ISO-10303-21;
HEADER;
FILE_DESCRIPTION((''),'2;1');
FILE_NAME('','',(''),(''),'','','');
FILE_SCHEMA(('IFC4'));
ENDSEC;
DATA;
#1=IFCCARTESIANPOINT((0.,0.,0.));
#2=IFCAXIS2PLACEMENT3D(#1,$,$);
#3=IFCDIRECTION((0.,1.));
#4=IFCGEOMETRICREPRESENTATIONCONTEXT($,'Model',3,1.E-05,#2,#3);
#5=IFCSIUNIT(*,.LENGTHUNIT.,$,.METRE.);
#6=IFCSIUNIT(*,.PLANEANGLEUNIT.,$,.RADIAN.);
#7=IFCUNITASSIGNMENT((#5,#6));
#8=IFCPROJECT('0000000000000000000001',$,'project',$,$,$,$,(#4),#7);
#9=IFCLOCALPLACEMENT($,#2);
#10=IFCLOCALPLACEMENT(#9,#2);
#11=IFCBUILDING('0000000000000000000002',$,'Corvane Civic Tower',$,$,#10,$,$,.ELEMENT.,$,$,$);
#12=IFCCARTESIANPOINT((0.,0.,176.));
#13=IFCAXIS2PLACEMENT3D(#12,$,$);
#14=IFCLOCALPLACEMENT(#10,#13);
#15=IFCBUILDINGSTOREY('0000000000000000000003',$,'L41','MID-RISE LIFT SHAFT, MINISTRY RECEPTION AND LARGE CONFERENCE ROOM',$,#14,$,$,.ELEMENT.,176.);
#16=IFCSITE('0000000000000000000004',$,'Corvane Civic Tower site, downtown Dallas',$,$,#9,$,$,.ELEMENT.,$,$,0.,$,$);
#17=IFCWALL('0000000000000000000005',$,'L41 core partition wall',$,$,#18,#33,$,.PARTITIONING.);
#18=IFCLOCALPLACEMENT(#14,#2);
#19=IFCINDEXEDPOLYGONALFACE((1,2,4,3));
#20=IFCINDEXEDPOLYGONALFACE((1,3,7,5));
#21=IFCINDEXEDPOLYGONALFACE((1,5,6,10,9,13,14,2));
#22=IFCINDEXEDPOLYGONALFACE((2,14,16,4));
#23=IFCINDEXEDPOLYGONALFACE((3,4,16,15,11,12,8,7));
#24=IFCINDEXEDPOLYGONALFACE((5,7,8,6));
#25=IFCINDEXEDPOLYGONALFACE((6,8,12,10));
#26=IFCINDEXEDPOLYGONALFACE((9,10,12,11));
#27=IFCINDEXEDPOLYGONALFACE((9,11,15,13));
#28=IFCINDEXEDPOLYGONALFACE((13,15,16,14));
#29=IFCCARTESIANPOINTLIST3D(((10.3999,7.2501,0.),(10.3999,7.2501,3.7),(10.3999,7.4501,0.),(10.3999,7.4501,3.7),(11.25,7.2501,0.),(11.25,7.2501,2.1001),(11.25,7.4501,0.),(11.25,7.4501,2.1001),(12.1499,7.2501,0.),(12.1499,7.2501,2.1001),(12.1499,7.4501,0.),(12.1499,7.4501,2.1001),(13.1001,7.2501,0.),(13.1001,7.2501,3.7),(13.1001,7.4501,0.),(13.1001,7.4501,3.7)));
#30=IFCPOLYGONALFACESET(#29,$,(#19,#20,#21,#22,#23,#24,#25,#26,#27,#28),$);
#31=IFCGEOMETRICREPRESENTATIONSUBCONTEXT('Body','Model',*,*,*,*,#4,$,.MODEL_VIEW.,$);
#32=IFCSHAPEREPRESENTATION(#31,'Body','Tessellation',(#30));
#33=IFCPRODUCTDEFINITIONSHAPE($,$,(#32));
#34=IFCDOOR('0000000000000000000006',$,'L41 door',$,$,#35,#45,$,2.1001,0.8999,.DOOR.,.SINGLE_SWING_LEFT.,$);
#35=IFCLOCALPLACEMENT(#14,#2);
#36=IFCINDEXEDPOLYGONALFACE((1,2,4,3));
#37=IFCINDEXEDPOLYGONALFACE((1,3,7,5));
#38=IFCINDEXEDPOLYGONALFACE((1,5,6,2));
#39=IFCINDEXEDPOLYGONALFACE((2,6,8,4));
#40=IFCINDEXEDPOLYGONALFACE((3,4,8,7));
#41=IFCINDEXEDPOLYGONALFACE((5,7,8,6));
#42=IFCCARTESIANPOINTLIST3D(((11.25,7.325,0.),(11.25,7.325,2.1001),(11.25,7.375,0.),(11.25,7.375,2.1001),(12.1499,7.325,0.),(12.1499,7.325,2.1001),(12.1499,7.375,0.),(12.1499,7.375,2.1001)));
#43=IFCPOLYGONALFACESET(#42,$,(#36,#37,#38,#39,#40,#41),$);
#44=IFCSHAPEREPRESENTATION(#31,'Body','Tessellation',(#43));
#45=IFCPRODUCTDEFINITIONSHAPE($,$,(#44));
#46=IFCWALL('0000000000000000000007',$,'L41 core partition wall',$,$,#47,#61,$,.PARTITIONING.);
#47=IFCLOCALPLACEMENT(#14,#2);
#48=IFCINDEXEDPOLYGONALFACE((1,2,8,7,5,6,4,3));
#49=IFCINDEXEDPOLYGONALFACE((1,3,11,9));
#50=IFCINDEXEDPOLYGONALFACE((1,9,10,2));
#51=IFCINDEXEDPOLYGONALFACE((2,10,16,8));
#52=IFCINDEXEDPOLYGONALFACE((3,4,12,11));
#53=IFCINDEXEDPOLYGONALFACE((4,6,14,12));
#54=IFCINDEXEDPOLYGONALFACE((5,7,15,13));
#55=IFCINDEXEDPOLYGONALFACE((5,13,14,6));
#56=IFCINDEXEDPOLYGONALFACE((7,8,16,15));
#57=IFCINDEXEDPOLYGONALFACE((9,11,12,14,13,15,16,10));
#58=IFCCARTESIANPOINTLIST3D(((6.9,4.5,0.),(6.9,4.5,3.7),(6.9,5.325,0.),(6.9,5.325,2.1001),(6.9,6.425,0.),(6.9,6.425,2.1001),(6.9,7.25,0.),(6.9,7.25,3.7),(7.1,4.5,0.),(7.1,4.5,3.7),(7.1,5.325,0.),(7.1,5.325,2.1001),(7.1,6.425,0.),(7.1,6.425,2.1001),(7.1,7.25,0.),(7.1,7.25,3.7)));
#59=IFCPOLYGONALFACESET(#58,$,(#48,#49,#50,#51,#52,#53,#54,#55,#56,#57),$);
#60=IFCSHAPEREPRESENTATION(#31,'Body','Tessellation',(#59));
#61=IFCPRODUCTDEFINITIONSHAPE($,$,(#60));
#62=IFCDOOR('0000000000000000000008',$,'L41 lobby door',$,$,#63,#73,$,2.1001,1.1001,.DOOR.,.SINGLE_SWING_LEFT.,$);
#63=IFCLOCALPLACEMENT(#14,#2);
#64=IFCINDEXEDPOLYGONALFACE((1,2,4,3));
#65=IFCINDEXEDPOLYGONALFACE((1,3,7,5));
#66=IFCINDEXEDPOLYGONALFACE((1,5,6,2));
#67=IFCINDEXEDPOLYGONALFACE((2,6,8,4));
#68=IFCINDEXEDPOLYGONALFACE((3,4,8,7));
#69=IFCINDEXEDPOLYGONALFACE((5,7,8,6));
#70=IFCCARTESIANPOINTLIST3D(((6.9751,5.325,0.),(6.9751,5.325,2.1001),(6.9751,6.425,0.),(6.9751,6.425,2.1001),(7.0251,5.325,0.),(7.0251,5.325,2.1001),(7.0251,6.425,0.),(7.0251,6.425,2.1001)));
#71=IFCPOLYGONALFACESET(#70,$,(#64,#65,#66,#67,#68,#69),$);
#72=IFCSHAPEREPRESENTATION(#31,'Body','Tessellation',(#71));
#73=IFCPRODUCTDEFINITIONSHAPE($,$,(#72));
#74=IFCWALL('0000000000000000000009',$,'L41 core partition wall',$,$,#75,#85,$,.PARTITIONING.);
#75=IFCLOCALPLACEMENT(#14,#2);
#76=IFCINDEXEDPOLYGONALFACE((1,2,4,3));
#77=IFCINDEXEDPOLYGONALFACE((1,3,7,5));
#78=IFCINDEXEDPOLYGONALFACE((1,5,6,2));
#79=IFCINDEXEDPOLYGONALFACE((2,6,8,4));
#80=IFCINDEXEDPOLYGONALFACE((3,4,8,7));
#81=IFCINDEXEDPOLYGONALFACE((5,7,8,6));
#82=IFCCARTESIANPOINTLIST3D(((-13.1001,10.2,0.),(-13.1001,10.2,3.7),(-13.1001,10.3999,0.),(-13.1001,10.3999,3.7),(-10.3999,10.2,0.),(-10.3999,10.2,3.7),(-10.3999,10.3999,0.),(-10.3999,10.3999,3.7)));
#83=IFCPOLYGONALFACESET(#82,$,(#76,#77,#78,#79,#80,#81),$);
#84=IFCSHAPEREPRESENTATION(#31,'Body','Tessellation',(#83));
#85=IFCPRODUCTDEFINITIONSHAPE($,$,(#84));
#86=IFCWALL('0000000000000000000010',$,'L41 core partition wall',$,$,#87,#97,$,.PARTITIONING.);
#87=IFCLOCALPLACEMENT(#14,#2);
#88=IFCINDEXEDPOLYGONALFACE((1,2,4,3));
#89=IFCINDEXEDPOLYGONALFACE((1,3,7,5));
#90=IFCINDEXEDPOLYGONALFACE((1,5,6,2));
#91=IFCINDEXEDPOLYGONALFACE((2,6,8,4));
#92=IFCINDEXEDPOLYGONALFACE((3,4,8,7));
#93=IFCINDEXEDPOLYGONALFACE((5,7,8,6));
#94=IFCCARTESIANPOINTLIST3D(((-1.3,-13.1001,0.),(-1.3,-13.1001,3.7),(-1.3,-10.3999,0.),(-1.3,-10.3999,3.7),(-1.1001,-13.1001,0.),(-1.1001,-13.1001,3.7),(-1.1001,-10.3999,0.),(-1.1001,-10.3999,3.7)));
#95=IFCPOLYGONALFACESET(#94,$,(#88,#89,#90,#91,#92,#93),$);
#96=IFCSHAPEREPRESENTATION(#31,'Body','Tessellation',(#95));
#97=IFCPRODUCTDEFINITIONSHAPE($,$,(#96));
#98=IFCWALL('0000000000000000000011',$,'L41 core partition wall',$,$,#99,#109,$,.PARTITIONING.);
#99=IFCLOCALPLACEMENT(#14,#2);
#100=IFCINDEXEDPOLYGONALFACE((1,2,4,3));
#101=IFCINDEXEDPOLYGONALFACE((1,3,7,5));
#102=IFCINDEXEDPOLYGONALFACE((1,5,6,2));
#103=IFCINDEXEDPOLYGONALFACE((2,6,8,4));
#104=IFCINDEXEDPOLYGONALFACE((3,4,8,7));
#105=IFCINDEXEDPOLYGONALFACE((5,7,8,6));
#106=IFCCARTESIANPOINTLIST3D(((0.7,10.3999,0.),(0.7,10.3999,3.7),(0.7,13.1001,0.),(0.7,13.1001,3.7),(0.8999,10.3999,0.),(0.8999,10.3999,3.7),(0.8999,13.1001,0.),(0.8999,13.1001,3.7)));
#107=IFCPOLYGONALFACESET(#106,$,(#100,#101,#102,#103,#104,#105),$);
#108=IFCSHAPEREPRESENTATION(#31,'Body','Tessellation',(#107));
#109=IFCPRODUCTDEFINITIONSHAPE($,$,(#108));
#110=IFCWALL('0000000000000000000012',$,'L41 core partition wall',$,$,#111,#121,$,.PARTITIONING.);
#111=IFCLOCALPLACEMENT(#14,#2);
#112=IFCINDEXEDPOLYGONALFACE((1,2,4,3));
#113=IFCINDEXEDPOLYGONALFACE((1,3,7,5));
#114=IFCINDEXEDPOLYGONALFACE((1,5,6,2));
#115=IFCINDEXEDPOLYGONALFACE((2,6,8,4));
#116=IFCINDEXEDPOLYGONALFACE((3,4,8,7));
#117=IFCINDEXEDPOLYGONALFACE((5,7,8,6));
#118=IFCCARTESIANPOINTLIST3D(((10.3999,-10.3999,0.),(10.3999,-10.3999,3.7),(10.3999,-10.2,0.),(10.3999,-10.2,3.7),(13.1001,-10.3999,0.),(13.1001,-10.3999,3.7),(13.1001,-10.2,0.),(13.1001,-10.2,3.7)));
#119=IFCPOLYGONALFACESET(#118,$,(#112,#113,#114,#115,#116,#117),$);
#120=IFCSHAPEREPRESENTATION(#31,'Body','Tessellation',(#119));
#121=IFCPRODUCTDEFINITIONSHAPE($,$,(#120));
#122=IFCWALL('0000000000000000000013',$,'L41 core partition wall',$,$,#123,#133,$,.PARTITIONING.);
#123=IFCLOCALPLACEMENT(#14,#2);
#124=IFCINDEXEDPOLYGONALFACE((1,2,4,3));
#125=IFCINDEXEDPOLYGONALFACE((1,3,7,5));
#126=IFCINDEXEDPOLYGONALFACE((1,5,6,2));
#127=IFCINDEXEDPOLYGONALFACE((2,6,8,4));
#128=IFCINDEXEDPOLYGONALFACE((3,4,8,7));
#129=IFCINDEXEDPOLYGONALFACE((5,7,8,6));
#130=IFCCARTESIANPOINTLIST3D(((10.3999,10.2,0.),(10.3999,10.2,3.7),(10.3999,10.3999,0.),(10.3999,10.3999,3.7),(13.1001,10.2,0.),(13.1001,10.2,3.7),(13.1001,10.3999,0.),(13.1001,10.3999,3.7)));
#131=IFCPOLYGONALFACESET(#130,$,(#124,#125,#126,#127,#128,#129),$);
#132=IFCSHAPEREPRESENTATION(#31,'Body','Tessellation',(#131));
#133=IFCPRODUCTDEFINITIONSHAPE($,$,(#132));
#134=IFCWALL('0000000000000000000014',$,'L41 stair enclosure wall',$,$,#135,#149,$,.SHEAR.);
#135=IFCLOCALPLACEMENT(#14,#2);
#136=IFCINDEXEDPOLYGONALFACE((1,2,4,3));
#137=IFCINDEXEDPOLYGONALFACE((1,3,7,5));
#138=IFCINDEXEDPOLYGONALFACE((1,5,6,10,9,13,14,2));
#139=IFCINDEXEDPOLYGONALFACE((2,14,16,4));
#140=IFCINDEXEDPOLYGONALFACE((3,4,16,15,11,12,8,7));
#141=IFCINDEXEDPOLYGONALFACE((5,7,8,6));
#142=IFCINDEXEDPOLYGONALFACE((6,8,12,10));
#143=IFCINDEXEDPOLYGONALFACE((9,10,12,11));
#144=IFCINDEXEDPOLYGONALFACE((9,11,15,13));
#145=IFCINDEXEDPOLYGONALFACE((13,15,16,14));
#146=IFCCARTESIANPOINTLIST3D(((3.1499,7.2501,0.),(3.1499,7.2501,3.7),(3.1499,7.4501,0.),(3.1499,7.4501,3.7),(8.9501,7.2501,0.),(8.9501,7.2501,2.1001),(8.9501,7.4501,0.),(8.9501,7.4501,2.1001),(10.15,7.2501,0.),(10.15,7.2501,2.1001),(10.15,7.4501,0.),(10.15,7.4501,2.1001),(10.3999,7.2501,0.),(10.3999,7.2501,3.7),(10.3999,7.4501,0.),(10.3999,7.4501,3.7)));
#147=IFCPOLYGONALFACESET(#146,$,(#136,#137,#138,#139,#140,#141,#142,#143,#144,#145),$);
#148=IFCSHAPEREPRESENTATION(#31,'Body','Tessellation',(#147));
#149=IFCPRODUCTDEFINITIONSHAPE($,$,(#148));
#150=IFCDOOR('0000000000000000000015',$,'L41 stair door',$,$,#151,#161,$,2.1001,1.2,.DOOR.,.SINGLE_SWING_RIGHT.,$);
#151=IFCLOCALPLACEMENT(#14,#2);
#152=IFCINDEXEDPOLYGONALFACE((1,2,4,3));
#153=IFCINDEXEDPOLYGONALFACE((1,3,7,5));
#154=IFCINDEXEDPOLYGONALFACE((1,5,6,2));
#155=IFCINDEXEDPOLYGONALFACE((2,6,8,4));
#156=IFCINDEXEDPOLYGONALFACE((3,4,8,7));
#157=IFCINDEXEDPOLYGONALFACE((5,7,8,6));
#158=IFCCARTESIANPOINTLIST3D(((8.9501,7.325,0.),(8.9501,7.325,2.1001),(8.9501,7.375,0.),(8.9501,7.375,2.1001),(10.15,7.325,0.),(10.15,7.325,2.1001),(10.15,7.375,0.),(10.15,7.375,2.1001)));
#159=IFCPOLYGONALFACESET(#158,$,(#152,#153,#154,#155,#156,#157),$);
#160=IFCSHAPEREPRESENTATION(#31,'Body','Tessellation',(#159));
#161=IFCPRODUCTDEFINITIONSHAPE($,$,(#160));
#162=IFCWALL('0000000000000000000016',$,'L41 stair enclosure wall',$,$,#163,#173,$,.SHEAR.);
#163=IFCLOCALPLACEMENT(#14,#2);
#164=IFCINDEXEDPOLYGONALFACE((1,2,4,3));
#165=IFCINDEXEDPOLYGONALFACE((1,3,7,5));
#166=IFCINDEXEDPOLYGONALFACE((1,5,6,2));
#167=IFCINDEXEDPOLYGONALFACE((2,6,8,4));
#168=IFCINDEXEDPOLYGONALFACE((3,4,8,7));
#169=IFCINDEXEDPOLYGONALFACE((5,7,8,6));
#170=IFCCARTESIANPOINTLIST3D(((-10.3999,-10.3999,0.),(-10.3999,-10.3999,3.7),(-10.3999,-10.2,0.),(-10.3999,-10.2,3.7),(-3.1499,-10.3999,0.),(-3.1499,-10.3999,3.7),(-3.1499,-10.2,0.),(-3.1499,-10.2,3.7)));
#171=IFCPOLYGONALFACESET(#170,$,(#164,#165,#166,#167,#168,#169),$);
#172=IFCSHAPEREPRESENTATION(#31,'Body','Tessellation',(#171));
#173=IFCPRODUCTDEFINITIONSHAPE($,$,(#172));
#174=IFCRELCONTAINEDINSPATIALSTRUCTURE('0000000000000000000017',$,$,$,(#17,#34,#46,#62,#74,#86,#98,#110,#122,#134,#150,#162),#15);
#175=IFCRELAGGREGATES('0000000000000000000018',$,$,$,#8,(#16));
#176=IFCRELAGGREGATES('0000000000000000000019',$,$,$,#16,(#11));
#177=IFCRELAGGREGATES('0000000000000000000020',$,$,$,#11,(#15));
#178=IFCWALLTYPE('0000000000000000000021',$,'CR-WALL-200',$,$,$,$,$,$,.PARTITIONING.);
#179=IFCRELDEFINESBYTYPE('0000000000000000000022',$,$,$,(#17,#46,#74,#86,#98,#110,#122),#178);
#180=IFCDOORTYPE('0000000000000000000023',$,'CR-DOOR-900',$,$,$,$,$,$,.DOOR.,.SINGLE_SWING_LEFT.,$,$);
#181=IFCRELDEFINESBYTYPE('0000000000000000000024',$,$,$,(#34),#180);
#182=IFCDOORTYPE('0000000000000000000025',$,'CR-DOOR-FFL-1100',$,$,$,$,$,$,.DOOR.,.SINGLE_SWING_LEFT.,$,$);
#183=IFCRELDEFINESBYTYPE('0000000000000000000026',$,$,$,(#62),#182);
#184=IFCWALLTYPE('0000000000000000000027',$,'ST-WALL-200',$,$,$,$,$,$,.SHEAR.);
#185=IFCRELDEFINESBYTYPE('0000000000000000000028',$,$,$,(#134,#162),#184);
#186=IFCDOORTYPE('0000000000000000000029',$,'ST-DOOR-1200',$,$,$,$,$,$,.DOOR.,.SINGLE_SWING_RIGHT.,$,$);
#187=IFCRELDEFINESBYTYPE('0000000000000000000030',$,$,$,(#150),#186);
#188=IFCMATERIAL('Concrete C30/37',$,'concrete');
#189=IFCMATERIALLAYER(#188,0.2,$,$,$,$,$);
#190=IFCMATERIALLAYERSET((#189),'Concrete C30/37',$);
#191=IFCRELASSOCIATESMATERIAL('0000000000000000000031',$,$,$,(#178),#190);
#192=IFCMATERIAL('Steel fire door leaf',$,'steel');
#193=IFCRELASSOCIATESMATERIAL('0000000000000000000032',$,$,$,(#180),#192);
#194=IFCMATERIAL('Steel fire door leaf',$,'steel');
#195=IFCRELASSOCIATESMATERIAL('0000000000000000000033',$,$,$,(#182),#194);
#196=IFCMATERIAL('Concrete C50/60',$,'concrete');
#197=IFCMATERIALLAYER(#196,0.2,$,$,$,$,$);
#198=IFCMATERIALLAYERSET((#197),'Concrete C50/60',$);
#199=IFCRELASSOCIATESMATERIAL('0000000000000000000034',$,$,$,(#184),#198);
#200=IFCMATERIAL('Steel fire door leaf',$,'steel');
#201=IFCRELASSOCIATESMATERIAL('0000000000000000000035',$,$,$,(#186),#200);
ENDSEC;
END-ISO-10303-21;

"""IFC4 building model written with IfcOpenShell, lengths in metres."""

from ifc_helpers import new_model, si_unit, direction, frame, frame_2d, origin, place, context, subcontext, project, spatial, polyline, rectangle, outline, extrude, material, layer, layer_set, type_object, element, fill, save


model = new_model("IFC4")

# Units and contexts
model_context = context("Model", 3, precision=1e-05, world=origin(), true_north=direction((0.0, 1.0)))
body_context = subcontext(model_context, "Body", "Model", "MODEL_VIEW")
ifc_project = project(units=[si_unit("LENGTHUNIT", "METRE"), si_unit("PLANEANGLEUNIT", "RADIAN")], contexts=[model_context])

# Site, building, storey
site_placement = place(None, origin())
site = spatial("IfcSite", under=ifc_project, at=site_placement, Name="Corvane Civic Tower site, downtown Dallas", CompositionType="ELEMENT", RefElevation=0.0)
building_placement = place(site_placement, origin())
building = spatial("IfcBuilding", under=site, at=building_placement, Name="Corvane Civic Tower", CompositionType="ELEMENT")
storey_placement = place(building_placement, frame((0.0, 0.0, 176.0)))
storey = spatial("IfcBuildingStorey", under=building, at=storey_placement, Name="L41", Description="MID-RISE LIFT SHAFT, MINISTRY RECEPTION AND LARGE CONFERENCE ROOM", CompositionType="ELEMENT", Elevation=176.0)

# Walls, openings, doors
ifc_material_1 = material(Name="Concrete C30/37", Category="concrete")
ifc_layer_1 = layer(ifc_material_1, 0.2)
ifc_layer_set_1 = layer_set([ifc_layer_1], Name="Concrete C30/37")
wall_type_1 = type_object("IfcWallType", Name="CR-WALL-200", PredefinedType="PARTITIONING", material=ifc_layer_set_1)
wall_1_placement = place(storey_placement, frame((10.3999, 7.3501, 0.0), z_axis=(0.0, 0.0, 1.0), x_axis=(1.0, 0.0, 0.0)))
wall_1 = element("IfcWall", 1, at=wall_1_placement, inside=storey, type_object=wall_type_1, Name="L41 core partition wall", PredefinedType="PARTITIONING", context=body_context, shape_type="SweptSolid", body=[
    extrude(rectangle(XDim=2.7002, YDim=0.2, at=frame_2d((1.3501, 0.0))), origin(), (0.0, 0.0, 1.0), 3.7),
])
opening_1_placement = place(wall_1_placement, frame((0.8501, 0.0, 0.0)))
opening_1 = element("IfcOpeningElement", 2, at=opening_1_placement, cuts=wall_1, PredefinedType="OPENING", context=body_context, shape_type="SweptSolid", body=[
    extrude(rectangle(XDim=0.8999, YDim=2.1001, at=frame_2d((0.45, 1.05))), frame((0.0, 0.1099, 0.0), z_axis=(0.0, -1.0, 0.0), x_axis=(1.0, 0.0, 0.0)), (0.0, 0.0, 1.0), 0.22),
])
ifc_material_2 = material(Name="Steel fire door leaf", Category="steel")
door_type_1 = type_object("IfcDoorType", Name="CR-DOOR-900", OperationType="SINGLE_SWING_LEFT", PredefinedType="DOOR", material=ifc_material_2)
door_1_placement = place(opening_1_placement, origin())
door_1 = element("IfcDoor", 3, at=door_1_placement, inside=storey, type_object=door_type_1, Name="L41 door", OperationType="SINGLE_SWING_LEFT", OverallHeight=2.1001, OverallWidth=0.8999, PredefinedType="DOOR", context=body_context, shape_type="SweptSolid", body=[
    extrude(rectangle(XDim=0.8999, YDim=2.1001, at=frame_2d((0.45, 1.05))), frame((0.0, 0.0249, 0.0), z_axis=(0.0, -1.0, 0.0), x_axis=(1.0, 0.0, 0.0)), (0.0, 0.0, 1.0), 0.05),
])
fill(opening_1, door_1)
wall_2_placement = place(storey_placement, frame((7.0, 4.5, 0.0), z_axis=(0.0, 0.0, 1.0), x_axis=(0.0, 1.0, 0.0)))
wall_2 = element("IfcWall", 4, at=wall_2_placement, inside=storey, type_object=wall_type_1, Name="L41 core partition wall", PredefinedType="PARTITIONING", context=body_context, shape_type="SweptSolid", body=[
    extrude(rectangle(XDim=2.75, YDim=0.2, at=frame_2d((1.375, 0.0))), origin(), (0.0, 0.0, 1.0), 3.7),
])
opening_2_placement = place(wall_2_placement, frame((0.825, 0.0, 0.0)))
opening_2 = element("IfcOpeningElement", 5, at=opening_2_placement, cuts=wall_2, PredefinedType="OPENING", context=body_context, shape_type="SweptSolid", body=[
    extrude(rectangle(XDim=1.1001, YDim=2.1001, at=frame_2d((0.55, 1.05))), frame((0.0, 0.1099, 0.0), z_axis=(0.0, -1.0, 0.0), x_axis=(1.0, 0.0, 0.0)), (0.0, 0.0, 1.0), 0.22),
])
ifc_material_3 = material(Name="Steel fire door leaf", Category="steel")
door_type_2 = type_object("IfcDoorType", Name="CR-DOOR-FFL-1100", OperationType="SINGLE_SWING_LEFT", PredefinedType="DOOR", material=ifc_material_3)
door_2_placement = place(opening_2_placement, origin())
door_2 = element("IfcDoor", 6, at=door_2_placement, inside=storey, type_object=door_type_2, Name="L41 lobby door", OperationType="SINGLE_SWING_LEFT", OverallHeight=2.1001, OverallWidth=1.1001, PredefinedType="DOOR", context=body_context, shape_type="SweptSolid", body=[
    extrude(rectangle(XDim=1.1001, YDim=2.1001, at=frame_2d((0.55, 1.05))), frame((0.0, 0.0249, 0.0), z_axis=(0.0, -1.0, 0.0), x_axis=(1.0, 0.0, 0.0)), (0.0, 0.0, 1.0), 0.05),
])
fill(opening_2, door_2)

# Walls
wall_3_placement = place(storey_placement, origin())
element("IfcWall", 7, at=wall_3_placement, inside=storey, type_object=wall_type_1, Name="L41 core partition wall", PredefinedType="PARTITIONING", context=body_context, shape_type="SweptSolid", body=[
    extrude(outline(polyline([(-13.1001, 10.2), (-13.1001, 10.3999), (-10.3999, 10.3999), (-10.3999, 10.2), (-13.1001, 10.2)])), origin(), (0.0, 0.0, 1.0), 3.7),
])
wall_4_placement = place(storey_placement, origin())
element("IfcWall", 8, at=wall_4_placement, inside=storey, type_object=wall_type_1, Name="L41 core partition wall", PredefinedType="PARTITIONING", context=body_context, shape_type="SweptSolid", body=[
    extrude(outline(polyline([(-1.1001, -13.1001), (-1.3, -13.1001), (-1.3, -10.3999), (-1.1001, -10.3999), (-1.1001, -13.1001)])), origin(), (0.0, 0.0, 1.0), 3.7),
])
wall_5_placement = place(storey_placement, origin())
element("IfcWall", 9, at=wall_5_placement, inside=storey, type_object=wall_type_1, Name="L41 core partition wall", PredefinedType="PARTITIONING", context=body_context, shape_type="SweptSolid", body=[
    extrude(outline(polyline([(0.8999, 10.3999), (0.7, 10.3999), (0.7, 13.1001), (0.8999, 13.1001), (0.8999, 10.3999)])), origin(), (0.0, 0.0, 1.0), 3.7),
])
wall_6_placement = place(storey_placement, origin())
element("IfcWall", 10, at=wall_6_placement, inside=storey, type_object=wall_type_1, Name="L41 core partition wall", PredefinedType="PARTITIONING", context=body_context, shape_type="SweptSolid", body=[
    extrude(outline(polyline([(13.1001, -10.3999), (10.3999, -10.3999), (10.3999, -10.2), (13.1001, -10.2), (13.1001, -10.3999)])), origin(), (0.0, 0.0, 1.0), 3.7),
])
wall_7_placement = place(storey_placement, origin())
element("IfcWall", 11, at=wall_7_placement, inside=storey, type_object=wall_type_1, Name="L41 core partition wall", PredefinedType="PARTITIONING", context=body_context, shape_type="SweptSolid", body=[
    extrude(outline(polyline([(10.3999, 10.2), (10.3999, 10.3999), (13.1001, 10.3999), (13.1001, 10.2), (10.3999, 10.2)])), origin(), (0.0, 0.0, 1.0), 3.7),
])

# Wall, opening, door
ifc_material_4 = material(Name="Concrete C50/60", Category="concrete")
ifc_layer_2 = layer(ifc_material_4, 0.2)
ifc_layer_set_2 = layer_set([ifc_layer_2], Name="Concrete C50/60")
wall_type_2 = type_object("IfcWallType", Name="ST-WALL-200", PredefinedType="SHEAR", material=ifc_layer_set_2)
wall_8_placement = place(storey_placement, frame((3.1499, 7.3501, 0.0), z_axis=(0.0, 0.0, 1.0), x_axis=(1.0, 0.0, 0.0)))
wall_8 = element("IfcWall", 12, at=wall_8_placement, inside=storey, type_object=wall_type_2, Name="L41 stair enclosure wall", PredefinedType="SHEAR", context=body_context, shape_type="SweptSolid", body=[
    extrude(rectangle(XDim=7.25, YDim=0.2, at=frame_2d((3.625, 0.0))), origin(), (0.0, 0.0, 1.0), 3.7),
])
opening_3_placement = place(wall_8_placement, frame((5.8, 0.0, 0.0)))
opening_3 = element("IfcOpeningElement", 13, at=opening_3_placement, cuts=wall_8, PredefinedType="OPENING", context=body_context, shape_type="SweptSolid", body=[
    extrude(rectangle(XDim=1.2, YDim=2.1001, at=frame_2d((0.6001, 1.05))), frame((0.0, 0.1099, 0.0), z_axis=(0.0, -1.0, 0.0), x_axis=(1.0, 0.0, 0.0)), (0.0, 0.0, 1.0), 0.22),
])
ifc_material_5 = material(Name="Steel fire door leaf", Category="steel")
door_type_3 = type_object("IfcDoorType", Name="ST-DOOR-1200", OperationType="SINGLE_SWING_RIGHT", PredefinedType="DOOR", material=ifc_material_5)
door_3_placement = place(opening_3_placement, origin())
door_3 = element("IfcDoor", 14, at=door_3_placement, inside=storey, type_object=door_type_3, Name="L41 stair door", OperationType="SINGLE_SWING_RIGHT", OverallHeight=2.1001, OverallWidth=1.2, PredefinedType="DOOR", context=body_context, shape_type="SweptSolid", body=[
    extrude(rectangle(XDim=1.2, YDim=2.1001, at=frame_2d((0.6001, 1.05))), frame((0.0, 0.0249, 0.0), z_axis=(0.0, -1.0, 0.0), x_axis=(1.0, 0.0, 0.0)), (0.0, 0.0, 1.0), 0.05),
])
fill(opening_3, door_3)

# Wall
wall_9_placement = place(storey_placement, origin())
element("IfcWall", 15, at=wall_9_placement, inside=storey, type_object=wall_type_2, Name="L41 stair enclosure wall", PredefinedType="SHEAR", context=body_context, shape_type="SweptSolid", body=[
    extrude(outline(polyline([(-3.1499, -10.2), (-3.1499, -10.3999), (-10.3999, -10.3999), (-10.3999, -10.2), (-3.1499, -10.2)])), origin(), (0.0, 0.0, 1.0), 3.7),
])

save(model, "model.ifc")
